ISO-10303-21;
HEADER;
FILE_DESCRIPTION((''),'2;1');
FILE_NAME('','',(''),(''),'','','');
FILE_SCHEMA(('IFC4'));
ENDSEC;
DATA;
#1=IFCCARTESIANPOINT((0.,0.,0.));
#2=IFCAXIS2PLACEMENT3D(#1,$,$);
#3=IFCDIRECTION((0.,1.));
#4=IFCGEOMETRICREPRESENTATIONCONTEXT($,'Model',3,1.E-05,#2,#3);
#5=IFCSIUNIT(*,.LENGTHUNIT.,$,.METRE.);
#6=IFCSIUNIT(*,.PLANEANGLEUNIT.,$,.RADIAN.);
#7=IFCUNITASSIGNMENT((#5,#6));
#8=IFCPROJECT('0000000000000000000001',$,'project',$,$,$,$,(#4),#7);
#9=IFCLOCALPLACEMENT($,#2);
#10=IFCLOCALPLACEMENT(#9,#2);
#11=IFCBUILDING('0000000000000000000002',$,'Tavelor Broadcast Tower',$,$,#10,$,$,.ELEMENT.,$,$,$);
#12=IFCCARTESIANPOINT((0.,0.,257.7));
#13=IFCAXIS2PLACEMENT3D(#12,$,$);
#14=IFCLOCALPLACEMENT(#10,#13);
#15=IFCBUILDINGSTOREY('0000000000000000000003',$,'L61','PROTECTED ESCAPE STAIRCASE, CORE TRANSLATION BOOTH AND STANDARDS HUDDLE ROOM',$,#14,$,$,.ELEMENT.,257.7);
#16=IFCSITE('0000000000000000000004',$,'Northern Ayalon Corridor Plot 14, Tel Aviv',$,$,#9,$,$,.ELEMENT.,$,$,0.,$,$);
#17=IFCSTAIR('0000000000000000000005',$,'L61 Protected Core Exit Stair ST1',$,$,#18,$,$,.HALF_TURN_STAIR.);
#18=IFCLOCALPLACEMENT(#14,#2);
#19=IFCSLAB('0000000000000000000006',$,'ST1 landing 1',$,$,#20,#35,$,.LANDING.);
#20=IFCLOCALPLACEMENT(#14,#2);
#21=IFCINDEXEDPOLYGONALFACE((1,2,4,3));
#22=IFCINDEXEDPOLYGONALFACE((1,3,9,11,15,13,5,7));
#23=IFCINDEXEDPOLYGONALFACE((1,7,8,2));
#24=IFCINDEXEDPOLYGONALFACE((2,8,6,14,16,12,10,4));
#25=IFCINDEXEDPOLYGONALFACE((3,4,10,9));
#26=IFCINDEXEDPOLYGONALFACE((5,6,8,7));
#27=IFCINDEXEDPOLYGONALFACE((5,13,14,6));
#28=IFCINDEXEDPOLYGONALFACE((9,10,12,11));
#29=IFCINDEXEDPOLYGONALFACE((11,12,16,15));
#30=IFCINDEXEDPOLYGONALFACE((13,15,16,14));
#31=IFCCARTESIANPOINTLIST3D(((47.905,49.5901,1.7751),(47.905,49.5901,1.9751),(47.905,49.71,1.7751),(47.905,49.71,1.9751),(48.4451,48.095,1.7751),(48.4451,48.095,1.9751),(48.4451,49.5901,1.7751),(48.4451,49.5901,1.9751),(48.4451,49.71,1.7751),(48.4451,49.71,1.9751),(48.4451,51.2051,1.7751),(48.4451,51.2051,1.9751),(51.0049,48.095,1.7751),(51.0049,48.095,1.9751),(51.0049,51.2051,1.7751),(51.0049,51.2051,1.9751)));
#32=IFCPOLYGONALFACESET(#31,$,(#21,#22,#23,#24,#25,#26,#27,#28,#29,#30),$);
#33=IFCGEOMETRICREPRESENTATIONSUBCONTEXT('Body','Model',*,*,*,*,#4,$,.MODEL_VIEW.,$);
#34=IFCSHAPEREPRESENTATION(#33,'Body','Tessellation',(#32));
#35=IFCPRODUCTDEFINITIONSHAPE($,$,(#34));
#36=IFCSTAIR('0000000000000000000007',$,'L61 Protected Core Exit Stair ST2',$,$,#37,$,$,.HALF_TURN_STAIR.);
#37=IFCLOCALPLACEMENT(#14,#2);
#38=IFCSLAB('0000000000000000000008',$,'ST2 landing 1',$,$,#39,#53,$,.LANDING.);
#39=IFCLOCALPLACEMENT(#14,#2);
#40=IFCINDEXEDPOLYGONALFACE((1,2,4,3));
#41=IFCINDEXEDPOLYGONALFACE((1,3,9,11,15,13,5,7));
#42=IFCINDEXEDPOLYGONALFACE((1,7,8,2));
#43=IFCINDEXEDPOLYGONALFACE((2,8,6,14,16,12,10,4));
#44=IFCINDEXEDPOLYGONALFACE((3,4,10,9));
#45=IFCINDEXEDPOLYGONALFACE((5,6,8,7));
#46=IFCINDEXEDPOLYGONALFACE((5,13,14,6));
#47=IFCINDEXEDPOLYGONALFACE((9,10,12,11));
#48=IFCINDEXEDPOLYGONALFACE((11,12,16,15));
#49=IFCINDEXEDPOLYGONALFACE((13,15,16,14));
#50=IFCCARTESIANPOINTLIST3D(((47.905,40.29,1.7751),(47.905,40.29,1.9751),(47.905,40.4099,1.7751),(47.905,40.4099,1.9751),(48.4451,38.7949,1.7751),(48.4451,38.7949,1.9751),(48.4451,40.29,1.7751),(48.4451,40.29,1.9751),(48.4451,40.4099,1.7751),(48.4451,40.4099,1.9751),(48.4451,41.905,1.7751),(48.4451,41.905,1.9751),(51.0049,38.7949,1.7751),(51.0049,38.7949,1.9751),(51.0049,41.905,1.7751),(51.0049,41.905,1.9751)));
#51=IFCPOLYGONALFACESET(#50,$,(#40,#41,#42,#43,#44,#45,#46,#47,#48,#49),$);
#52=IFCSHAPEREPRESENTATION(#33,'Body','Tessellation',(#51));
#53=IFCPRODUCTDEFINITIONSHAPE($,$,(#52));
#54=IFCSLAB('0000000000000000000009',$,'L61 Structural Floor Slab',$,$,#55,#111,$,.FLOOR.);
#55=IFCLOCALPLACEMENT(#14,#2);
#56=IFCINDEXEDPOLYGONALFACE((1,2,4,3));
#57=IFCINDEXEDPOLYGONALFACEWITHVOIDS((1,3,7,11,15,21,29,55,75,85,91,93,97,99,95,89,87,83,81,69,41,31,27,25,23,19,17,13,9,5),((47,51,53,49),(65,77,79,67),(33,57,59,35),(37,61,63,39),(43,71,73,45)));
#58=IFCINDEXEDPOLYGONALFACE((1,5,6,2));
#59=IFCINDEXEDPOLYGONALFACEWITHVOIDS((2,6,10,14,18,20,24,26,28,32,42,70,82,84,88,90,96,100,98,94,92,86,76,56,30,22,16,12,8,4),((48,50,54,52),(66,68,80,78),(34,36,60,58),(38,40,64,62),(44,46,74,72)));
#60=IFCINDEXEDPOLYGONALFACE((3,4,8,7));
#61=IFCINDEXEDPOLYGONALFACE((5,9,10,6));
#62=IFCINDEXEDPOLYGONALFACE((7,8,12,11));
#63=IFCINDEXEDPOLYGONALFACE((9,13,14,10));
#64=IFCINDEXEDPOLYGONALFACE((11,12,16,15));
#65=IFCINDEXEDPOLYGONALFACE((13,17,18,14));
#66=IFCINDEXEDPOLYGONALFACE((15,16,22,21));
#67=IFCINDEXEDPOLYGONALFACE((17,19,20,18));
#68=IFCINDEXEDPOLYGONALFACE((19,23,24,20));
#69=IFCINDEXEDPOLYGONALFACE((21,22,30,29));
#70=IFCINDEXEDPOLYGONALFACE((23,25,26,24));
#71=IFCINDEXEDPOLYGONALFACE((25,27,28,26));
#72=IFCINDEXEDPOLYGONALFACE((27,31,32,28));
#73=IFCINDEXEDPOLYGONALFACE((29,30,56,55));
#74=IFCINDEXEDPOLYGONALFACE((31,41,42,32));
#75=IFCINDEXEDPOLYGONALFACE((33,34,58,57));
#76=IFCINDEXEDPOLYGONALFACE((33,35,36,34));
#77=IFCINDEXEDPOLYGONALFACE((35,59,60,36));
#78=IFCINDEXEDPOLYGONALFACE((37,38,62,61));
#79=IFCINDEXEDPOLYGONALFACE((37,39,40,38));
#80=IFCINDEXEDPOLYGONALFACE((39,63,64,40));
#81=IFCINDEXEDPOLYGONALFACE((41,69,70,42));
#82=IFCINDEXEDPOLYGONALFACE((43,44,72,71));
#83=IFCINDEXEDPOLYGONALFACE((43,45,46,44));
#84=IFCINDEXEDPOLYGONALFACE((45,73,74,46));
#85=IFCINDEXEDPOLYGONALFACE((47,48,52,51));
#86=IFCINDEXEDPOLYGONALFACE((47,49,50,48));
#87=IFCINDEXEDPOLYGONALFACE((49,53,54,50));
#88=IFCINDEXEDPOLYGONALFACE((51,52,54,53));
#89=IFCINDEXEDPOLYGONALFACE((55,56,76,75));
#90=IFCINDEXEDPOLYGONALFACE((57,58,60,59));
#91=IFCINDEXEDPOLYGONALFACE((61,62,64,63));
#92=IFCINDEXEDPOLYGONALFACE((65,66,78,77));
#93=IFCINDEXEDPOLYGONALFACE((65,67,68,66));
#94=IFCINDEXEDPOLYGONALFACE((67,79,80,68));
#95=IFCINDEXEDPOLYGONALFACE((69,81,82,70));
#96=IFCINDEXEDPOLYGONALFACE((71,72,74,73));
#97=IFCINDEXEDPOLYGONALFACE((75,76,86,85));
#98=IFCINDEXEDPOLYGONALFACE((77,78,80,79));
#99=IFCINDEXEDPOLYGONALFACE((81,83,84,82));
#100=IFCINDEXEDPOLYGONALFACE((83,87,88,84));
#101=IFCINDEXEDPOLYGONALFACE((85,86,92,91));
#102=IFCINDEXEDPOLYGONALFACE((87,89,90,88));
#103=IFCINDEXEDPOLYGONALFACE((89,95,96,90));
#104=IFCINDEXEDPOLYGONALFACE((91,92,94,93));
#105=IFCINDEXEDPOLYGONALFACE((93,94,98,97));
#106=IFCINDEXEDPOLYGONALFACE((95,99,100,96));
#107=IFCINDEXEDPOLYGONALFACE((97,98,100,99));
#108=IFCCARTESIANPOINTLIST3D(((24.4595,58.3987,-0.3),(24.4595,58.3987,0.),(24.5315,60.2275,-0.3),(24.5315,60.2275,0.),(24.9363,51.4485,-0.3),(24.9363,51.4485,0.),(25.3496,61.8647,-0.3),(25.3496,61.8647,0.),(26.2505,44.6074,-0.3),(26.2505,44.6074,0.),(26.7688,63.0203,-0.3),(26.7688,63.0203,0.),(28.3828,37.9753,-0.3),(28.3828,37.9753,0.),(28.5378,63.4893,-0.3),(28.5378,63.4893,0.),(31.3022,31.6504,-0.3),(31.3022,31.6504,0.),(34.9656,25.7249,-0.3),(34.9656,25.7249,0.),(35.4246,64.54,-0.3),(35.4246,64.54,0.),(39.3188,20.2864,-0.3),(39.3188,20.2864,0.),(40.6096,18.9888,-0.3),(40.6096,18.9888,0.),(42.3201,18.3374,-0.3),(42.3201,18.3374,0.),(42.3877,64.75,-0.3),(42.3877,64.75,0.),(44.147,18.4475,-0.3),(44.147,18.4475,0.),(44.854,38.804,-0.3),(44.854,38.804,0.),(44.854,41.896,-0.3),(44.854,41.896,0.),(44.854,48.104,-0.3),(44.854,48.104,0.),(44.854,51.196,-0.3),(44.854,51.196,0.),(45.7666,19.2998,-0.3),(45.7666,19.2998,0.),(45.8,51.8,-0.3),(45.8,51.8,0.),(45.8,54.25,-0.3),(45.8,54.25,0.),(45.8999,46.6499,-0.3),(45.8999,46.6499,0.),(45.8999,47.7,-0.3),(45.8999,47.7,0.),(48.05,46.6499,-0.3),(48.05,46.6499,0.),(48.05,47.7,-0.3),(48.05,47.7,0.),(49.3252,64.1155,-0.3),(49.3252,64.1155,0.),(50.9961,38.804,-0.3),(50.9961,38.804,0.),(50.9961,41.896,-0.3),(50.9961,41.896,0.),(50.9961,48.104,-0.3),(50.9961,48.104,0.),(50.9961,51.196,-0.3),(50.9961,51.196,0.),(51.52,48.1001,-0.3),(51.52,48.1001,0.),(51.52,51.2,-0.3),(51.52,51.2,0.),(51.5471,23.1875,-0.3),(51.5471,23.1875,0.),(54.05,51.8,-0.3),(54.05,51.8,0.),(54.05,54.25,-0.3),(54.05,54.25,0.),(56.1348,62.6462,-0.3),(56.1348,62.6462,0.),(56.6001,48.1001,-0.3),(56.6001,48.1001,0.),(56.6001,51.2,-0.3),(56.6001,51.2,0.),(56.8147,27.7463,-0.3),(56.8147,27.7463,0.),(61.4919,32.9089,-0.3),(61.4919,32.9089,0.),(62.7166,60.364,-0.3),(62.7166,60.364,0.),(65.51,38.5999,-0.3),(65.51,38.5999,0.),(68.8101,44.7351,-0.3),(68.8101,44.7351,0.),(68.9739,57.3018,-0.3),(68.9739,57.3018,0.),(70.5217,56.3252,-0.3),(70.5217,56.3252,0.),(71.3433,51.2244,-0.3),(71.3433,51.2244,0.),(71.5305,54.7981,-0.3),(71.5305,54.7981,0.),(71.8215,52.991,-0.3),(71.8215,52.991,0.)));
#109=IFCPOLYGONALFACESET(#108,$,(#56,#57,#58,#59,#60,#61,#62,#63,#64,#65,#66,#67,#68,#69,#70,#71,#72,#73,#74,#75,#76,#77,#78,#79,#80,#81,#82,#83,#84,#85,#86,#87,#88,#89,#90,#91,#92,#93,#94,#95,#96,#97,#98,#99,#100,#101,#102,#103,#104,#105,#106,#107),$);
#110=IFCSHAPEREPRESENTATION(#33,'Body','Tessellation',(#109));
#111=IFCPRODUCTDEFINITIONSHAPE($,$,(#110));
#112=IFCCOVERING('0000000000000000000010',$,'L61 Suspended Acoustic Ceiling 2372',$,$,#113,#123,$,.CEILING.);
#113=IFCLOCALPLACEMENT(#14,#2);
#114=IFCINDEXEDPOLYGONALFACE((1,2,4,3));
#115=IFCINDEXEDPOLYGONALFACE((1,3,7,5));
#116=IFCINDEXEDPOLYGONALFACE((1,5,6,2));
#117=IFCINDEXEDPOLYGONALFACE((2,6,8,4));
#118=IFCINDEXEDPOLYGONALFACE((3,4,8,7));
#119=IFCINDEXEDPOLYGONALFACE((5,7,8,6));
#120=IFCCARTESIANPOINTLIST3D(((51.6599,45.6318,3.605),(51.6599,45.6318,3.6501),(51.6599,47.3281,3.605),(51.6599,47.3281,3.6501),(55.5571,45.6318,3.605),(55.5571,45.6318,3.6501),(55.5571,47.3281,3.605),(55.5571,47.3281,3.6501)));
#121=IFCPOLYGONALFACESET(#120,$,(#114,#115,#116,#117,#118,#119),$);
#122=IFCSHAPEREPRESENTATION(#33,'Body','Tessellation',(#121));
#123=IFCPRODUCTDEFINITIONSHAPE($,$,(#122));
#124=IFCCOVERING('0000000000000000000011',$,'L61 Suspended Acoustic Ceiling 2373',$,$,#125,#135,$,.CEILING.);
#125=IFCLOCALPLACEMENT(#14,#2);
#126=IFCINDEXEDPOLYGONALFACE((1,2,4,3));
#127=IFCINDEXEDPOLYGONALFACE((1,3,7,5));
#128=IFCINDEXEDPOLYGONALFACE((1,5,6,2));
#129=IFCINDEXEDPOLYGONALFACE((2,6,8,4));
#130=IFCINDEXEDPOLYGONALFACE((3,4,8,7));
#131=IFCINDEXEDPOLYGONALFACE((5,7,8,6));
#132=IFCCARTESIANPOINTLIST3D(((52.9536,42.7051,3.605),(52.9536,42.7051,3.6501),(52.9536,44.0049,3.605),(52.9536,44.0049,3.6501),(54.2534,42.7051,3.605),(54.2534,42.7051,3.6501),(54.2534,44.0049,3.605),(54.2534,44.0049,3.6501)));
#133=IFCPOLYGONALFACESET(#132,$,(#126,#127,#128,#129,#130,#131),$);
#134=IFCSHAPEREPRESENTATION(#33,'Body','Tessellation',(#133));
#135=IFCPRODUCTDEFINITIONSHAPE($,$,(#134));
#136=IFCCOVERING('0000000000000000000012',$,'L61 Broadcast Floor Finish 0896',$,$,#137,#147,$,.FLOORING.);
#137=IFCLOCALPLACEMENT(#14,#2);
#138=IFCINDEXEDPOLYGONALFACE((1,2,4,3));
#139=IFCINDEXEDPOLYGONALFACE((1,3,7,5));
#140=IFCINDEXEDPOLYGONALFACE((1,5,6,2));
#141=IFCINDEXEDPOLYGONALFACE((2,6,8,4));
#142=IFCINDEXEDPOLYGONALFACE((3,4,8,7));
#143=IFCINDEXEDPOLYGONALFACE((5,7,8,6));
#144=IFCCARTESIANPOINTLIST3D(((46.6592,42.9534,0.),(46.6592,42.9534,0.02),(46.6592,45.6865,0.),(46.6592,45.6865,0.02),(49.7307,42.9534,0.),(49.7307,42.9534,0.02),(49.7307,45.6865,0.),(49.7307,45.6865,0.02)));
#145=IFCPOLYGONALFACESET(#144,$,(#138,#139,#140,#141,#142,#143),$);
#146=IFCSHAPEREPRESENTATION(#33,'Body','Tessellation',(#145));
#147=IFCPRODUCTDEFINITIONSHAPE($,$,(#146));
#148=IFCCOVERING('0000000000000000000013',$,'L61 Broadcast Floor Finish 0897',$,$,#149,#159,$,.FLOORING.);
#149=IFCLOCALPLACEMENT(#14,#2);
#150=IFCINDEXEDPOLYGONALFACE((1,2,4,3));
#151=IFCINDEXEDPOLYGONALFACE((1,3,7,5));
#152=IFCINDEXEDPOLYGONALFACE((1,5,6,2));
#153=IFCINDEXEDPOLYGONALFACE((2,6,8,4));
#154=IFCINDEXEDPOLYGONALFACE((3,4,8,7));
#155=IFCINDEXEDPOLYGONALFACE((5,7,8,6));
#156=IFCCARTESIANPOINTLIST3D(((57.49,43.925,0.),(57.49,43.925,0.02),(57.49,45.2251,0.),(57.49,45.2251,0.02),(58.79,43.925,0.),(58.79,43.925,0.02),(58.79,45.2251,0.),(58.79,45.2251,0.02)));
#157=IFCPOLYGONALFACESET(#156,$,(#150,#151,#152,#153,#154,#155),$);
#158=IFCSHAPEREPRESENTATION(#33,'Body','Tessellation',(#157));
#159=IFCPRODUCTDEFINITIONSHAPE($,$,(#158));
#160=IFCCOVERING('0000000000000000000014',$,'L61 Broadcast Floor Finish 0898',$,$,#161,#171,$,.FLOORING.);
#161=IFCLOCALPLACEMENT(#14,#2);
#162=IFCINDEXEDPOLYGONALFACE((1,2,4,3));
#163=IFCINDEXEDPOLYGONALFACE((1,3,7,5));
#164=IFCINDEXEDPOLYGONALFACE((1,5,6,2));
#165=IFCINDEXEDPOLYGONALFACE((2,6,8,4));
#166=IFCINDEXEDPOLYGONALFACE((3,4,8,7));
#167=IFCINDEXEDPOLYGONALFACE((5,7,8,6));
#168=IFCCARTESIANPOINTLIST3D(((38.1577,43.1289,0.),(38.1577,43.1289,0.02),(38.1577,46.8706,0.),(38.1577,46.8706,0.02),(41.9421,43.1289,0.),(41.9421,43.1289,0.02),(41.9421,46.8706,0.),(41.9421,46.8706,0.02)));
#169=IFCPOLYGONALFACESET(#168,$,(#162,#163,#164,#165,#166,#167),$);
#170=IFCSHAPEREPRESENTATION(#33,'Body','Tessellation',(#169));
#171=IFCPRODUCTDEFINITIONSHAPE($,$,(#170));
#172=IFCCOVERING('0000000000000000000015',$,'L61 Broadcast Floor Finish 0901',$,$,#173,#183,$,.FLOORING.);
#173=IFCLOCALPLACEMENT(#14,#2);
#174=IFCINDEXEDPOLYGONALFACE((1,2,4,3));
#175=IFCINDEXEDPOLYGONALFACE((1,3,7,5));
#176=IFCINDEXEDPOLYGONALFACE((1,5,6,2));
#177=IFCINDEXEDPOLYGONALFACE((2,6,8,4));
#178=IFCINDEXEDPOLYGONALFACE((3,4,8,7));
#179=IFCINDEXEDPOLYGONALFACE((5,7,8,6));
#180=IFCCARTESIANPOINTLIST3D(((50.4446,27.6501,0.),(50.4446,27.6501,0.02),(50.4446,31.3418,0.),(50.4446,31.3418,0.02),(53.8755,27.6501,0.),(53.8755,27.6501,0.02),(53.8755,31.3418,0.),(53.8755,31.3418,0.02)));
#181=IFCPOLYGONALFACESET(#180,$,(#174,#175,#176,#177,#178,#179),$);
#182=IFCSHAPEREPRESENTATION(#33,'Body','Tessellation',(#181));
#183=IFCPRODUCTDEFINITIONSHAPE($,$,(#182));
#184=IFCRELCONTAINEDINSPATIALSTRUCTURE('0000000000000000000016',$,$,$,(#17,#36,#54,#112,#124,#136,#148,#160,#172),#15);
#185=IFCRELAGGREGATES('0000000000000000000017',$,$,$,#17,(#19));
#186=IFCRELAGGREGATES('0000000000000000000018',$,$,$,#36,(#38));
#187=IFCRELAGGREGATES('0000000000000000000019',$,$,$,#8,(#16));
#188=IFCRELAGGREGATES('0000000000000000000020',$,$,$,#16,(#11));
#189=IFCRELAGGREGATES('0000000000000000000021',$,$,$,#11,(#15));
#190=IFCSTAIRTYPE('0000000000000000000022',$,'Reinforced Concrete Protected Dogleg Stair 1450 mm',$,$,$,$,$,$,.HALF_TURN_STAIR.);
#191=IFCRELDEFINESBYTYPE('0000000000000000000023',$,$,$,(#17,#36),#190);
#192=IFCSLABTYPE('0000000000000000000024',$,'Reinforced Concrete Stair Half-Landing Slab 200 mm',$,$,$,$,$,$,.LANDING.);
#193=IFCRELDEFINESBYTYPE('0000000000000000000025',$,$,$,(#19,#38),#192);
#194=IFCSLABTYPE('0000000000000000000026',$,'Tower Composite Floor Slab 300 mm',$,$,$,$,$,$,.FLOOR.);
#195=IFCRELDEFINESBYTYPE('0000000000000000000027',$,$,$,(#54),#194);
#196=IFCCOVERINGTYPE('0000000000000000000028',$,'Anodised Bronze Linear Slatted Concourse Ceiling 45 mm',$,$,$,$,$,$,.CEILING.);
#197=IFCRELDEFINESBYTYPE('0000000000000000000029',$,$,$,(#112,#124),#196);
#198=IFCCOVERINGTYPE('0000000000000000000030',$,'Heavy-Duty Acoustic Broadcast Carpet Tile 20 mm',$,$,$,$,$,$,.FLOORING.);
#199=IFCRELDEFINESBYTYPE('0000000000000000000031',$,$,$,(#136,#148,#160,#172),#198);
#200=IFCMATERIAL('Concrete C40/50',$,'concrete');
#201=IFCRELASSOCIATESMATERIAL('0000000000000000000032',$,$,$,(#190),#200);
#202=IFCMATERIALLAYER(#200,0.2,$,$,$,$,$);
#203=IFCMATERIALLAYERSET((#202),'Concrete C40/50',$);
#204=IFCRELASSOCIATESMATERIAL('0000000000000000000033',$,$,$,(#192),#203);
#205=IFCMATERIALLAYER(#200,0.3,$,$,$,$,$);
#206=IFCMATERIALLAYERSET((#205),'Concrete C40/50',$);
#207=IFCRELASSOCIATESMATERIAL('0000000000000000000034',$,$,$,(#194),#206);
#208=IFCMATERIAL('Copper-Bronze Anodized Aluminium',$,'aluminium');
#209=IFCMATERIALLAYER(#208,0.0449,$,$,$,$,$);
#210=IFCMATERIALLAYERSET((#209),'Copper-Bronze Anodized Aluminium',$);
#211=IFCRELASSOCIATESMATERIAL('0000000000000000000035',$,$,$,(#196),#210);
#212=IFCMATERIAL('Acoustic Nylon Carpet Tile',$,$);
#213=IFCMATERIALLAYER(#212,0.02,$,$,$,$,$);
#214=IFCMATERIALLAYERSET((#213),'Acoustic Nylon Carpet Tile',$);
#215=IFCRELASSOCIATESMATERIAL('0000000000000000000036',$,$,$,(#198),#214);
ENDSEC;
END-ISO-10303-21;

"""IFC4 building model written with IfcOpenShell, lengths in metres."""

from ifc_helpers import new_model, si_unit, direction, frame, origin, place, context, subcontext, project, spatial, polyline, outline, extrude, material, layer, layer_set, type_object, element, aggregate, save


model = new_model("IFC4")

# Units and contexts
model_context = context("Model", 3, precision=1e-05, world=origin(), true_north=direction((0.0, 1.0)))
body_context = subcontext(model_context, "Body", "Model", "MODEL_VIEW")
ifc_project = project(units=[si_unit("LENGTHUNIT", "METRE"), si_unit("PLANEANGLEUNIT", "RADIAN")], contexts=[model_context])

# Site, building, storey
site_placement = place(None, origin())
site = spatial("IfcSite", under=ifc_project, at=site_placement, Name="Northern Ayalon Corridor Plot 14, Tel Aviv", CompositionType="ELEMENT", RefElevation=0.0)
building_placement = place(site_placement, origin())
building = spatial("IfcBuilding", under=site, at=building_placement, Name="Tavelor Broadcast Tower", CompositionType="ELEMENT")
storey_placement = place(building_placement, frame((0.0, 0.0, 257.7)))
storey = spatial("IfcBuildingStorey", under=building, at=storey_placement, Name="L61", Description="PROTECTED ESCAPE STAIRCASE, CORE TRANSLATION BOOTH AND STANDARDS HUDDLE ROOM", CompositionType="ELEMENT", Elevation=257.7)

# Stairs, slabs
ifc_material_1 = material(Name="Concrete C40/50", Category="concrete")
stair_type = type_object("IfcStairType", Name="Reinforced Concrete Protected Dogleg Stair 1450 mm", PredefinedType="HALF_TURN_STAIR", material=ifc_material_1)
stair_1_placement = place(storey_placement, origin())
stair_1 = element("IfcStair", 1, at=stair_1_placement, inside=storey, type_object=stair_type, Name="L61 Protected Core Exit Stair ST1", PredefinedType="HALF_TURN_STAIR")
ifc_layer_1 = layer(ifc_material_1, 0.2)
ifc_layer_set_1 = layer_set([ifc_layer_1], Name="Concrete C40/50")
slab_type_1 = type_object("IfcSlabType", Name="Reinforced Concrete Stair Half-Landing Slab 200 mm", PredefinedType="LANDING", material=ifc_layer_set_1)
slab_1_placement = place(storey_placement, frame((0.0, 0.0, 1.7751)))
slab_1 = element("IfcSlab", 2, at=slab_1_placement, type_object=slab_type_1, Name="ST1 landing 1", PredefinedType="LANDING", context=body_context, shape_type="SweptSolid", body=[
    extrude(outline(polyline([(48.4451, 49.5901), (48.4451, 48.095), (51.0049, 48.095), (51.0049, 51.2051), (48.4451, 51.2051), (48.4451, 49.71), (47.905, 49.71), (47.905, 49.5901), (48.4451, 49.5901)])), origin(), (0.0, 0.0, 1.0), 0.2),
])
aggregate(stair_1, [slab_1])
stair_2_placement = place(storey_placement, origin())
stair_2 = element("IfcStair", 3, at=stair_2_placement, inside=storey, type_object=stair_type, Name="L61 Protected Core Exit Stair ST2", PredefinedType="HALF_TURN_STAIR")
slab_2_placement = place(storey_placement, frame((0.0, 0.0, 1.7751)))
slab_2 = element("IfcSlab", 4, at=slab_2_placement, type_object=slab_type_1, Name="ST2 landing 1", PredefinedType="LANDING", context=body_context, shape_type="SweptSolid", body=[
    extrude(outline(polyline([(48.4451, 40.29), (48.4451, 38.7949), (51.0049, 38.7949), (51.0049, 41.905), (48.4451, 41.905), (48.4451, 40.4099), (47.905, 40.4099), (47.905, 40.29), (48.4451, 40.29)])), origin(), (0.0, 0.0, 1.0), 0.2),
])
aggregate(stair_2, [slab_2])

# Slab
ifc_layer_2 = layer(ifc_material_1, 0.3)
ifc_layer_set_2 = layer_set([ifc_layer_2], Name="Concrete C40/50")
slab_type_2 = type_object("IfcSlabType", Name="Tower Composite Floor Slab 300 mm", PredefinedType="FLOOR", material=ifc_layer_set_2)
slab_3_placement = place(storey_placement, frame((0.0, 0.0, -0.3)))
element("IfcSlab", 5, at=slab_3_placement, inside=storey, type_object=slab_type_2, Name="L61 Structural Floor Slab", PredefinedType="FLOOR", context=body_context, shape_type="SweptSolid", body=[
    extrude(outline(polyline([(28.5378, 63.4893), (26.7688, 63.0203), (25.3496, 61.8647), (24.5315, 60.2275), (24.4595, 58.3987), (24.9363, 51.4485), (26.2505, 44.6074), (28.3828, 37.9753), (31.3022, 31.6504), (34.9656, 25.7249), (39.3188, 20.2864), (40.6096, 18.9888), (42.3201, 18.3374), (44.147, 18.4475), (45.7666, 19.2998), (51.5471, 23.1875), (56.8147, 27.7463), (61.4919, 32.9089), (65.51, 38.5999), (68.8101, 44.7351), (71.3433, 51.2244), (71.8215, 52.991), (71.5305, 54.7981), (70.5217, 56.3252), (68.9739, 57.3018), (62.7166, 60.364), (56.1348, 62.6462), (49.3252, 64.1155), (42.3877, 64.75), (35.4246, 64.54), (28.5378, 63.4893)]), holes=[polyline([(50.9961, 41.896), (50.9961, 38.804), (44.854, 38.804), (44.854, 41.896), (50.9961, 41.896)]), polyline([(48.05, 47.7), (48.05, 46.6499), (45.8999, 46.6499), (45.8999, 47.7), (48.05, 47.7)]), polyline([(50.9961, 51.196), (50.9961, 48.104), (44.854, 48.104), (44.854, 51.196), (50.9961, 51.196)]), polyline([(56.6001, 48.1001), (51.52, 48.1001), (51.52, 51.2), (56.6001, 51.2), (56.6001, 48.1001)]), polyline([(54.05, 51.8), (45.8, 51.8), (45.8, 54.25), (54.05, 54.25), (54.05, 51.8)])]), origin(), (0.0, 0.0, 1.0), 0.3),
])

# Coverings
ifc_material_2 = material(Name="Copper-Bronze Anodized Aluminium", Category="aluminium")
ifc_layer_3 = layer(ifc_material_2, 0.0449)
ifc_layer_set_3 = layer_set([ifc_layer_3], Name="Copper-Bronze Anodized Aluminium")
covering_type_1 = type_object("IfcCoveringType", Name="Anodised Bronze Linear Slatted Concourse Ceiling 45 mm", PredefinedType="CEILING", material=ifc_layer_set_3)
covering_1_placement = place(storey_placement, frame((0.0, 0.0, 3.605)))
element("IfcCovering", 6, at=covering_1_placement, inside=storey, type_object=covering_type_1, Name="L61 Suspended Acoustic Ceiling 2372", PredefinedType="CEILING", context=body_context, shape_type="SweptSolid", body=[
    extrude(outline(polyline([(51.6599, 45.6318), (55.5571, 45.6318), (55.5571, 47.3281), (51.6599, 47.3281), (51.6599, 45.6318)])), origin(), (0.0, 0.0, 1.0), 0.0452),
])
covering_2_placement = place(storey_placement, frame((0.0, 0.0, 3.605)))
element("IfcCovering", 7, at=covering_2_placement, inside=storey, type_object=covering_type_1, Name="L61 Suspended Acoustic Ceiling 2373", PredefinedType="CEILING", context=body_context, shape_type="SweptSolid", body=[
    extrude(outline(polyline([(52.9536, 42.7051), (54.2534, 42.7051), (54.2534, 44.0049), (52.9536, 44.0049), (52.9536, 42.7051)])), origin(), (0.0, 0.0, 1.0), 0.0452),
])
ifc_material_3 = material(Name="Acoustic Nylon Carpet Tile")
ifc_layer_4 = layer(ifc_material_3, 0.02)
ifc_layer_set_4 = layer_set([ifc_layer_4], Name="Acoustic Nylon Carpet Tile")
covering_type_2 = type_object("IfcCoveringType", Name="Heavy-Duty Acoustic Broadcast Carpet Tile 20 mm", PredefinedType="FLOORING", material=ifc_layer_set_4)
covering_3_placement = place(storey_placement, origin())
element("IfcCovering", 8, at=covering_3_placement, inside=storey, type_object=covering_type_2, Name="L61 Broadcast Floor Finish 0896", PredefinedType="FLOORING", context=body_context, shape_type="SweptSolid", body=[
    extrude(outline(polyline([(46.6592, 42.9534), (49.7307, 42.9534), (49.7307, 45.6865), (46.6592, 45.6865), (46.6592, 42.9534)])), origin(), (0.0, 0.0, 1.0), 0.02),
])
covering_4_placement = place(storey_placement, origin())
element("IfcCovering", 9, at=covering_4_placement, inside=storey, type_object=covering_type_2, Name="L61 Broadcast Floor Finish 0897", PredefinedType="FLOORING", context=body_context, shape_type="SweptSolid", body=[
    extrude(outline(polyline([(57.49, 43.925), (58.79, 43.925), (58.79, 45.2251), (57.49, 45.2251), (57.49, 43.925)])), origin(), (0.0, 0.0, 1.0), 0.02),
])
covering_5_placement = place(storey_placement, origin())
element("IfcCovering", 10, at=covering_5_placement, inside=storey, type_object=covering_type_2, Name="L61 Broadcast Floor Finish 0898", PredefinedType="FLOORING", context=body_context, shape_type="SweptSolid", body=[
    extrude(outline(polyline([(38.1577, 43.1289), (41.9421, 43.1289), (41.9421, 46.8706), (38.1577, 46.8706), (38.1577, 43.1289)])), origin(), (0.0, 0.0, 1.0), 0.02),
])
covering_6_placement = place(storey_placement, origin())
element("IfcCovering", 11, at=covering_6_placement, inside=storey, type_object=covering_type_2, Name="L61 Broadcast Floor Finish 0901", PredefinedType="FLOORING", context=body_context, shape_type="SweptSolid", body=[
    extrude(outline(polyline([(50.4446, 27.6501), (53.8755, 27.6501), (53.8755, 31.3418), (50.4446, 31.3418), (50.4446, 27.6501)])), origin(), (0.0, 0.0, 1.0), 0.02),
])

save(model, "model.ifc")
